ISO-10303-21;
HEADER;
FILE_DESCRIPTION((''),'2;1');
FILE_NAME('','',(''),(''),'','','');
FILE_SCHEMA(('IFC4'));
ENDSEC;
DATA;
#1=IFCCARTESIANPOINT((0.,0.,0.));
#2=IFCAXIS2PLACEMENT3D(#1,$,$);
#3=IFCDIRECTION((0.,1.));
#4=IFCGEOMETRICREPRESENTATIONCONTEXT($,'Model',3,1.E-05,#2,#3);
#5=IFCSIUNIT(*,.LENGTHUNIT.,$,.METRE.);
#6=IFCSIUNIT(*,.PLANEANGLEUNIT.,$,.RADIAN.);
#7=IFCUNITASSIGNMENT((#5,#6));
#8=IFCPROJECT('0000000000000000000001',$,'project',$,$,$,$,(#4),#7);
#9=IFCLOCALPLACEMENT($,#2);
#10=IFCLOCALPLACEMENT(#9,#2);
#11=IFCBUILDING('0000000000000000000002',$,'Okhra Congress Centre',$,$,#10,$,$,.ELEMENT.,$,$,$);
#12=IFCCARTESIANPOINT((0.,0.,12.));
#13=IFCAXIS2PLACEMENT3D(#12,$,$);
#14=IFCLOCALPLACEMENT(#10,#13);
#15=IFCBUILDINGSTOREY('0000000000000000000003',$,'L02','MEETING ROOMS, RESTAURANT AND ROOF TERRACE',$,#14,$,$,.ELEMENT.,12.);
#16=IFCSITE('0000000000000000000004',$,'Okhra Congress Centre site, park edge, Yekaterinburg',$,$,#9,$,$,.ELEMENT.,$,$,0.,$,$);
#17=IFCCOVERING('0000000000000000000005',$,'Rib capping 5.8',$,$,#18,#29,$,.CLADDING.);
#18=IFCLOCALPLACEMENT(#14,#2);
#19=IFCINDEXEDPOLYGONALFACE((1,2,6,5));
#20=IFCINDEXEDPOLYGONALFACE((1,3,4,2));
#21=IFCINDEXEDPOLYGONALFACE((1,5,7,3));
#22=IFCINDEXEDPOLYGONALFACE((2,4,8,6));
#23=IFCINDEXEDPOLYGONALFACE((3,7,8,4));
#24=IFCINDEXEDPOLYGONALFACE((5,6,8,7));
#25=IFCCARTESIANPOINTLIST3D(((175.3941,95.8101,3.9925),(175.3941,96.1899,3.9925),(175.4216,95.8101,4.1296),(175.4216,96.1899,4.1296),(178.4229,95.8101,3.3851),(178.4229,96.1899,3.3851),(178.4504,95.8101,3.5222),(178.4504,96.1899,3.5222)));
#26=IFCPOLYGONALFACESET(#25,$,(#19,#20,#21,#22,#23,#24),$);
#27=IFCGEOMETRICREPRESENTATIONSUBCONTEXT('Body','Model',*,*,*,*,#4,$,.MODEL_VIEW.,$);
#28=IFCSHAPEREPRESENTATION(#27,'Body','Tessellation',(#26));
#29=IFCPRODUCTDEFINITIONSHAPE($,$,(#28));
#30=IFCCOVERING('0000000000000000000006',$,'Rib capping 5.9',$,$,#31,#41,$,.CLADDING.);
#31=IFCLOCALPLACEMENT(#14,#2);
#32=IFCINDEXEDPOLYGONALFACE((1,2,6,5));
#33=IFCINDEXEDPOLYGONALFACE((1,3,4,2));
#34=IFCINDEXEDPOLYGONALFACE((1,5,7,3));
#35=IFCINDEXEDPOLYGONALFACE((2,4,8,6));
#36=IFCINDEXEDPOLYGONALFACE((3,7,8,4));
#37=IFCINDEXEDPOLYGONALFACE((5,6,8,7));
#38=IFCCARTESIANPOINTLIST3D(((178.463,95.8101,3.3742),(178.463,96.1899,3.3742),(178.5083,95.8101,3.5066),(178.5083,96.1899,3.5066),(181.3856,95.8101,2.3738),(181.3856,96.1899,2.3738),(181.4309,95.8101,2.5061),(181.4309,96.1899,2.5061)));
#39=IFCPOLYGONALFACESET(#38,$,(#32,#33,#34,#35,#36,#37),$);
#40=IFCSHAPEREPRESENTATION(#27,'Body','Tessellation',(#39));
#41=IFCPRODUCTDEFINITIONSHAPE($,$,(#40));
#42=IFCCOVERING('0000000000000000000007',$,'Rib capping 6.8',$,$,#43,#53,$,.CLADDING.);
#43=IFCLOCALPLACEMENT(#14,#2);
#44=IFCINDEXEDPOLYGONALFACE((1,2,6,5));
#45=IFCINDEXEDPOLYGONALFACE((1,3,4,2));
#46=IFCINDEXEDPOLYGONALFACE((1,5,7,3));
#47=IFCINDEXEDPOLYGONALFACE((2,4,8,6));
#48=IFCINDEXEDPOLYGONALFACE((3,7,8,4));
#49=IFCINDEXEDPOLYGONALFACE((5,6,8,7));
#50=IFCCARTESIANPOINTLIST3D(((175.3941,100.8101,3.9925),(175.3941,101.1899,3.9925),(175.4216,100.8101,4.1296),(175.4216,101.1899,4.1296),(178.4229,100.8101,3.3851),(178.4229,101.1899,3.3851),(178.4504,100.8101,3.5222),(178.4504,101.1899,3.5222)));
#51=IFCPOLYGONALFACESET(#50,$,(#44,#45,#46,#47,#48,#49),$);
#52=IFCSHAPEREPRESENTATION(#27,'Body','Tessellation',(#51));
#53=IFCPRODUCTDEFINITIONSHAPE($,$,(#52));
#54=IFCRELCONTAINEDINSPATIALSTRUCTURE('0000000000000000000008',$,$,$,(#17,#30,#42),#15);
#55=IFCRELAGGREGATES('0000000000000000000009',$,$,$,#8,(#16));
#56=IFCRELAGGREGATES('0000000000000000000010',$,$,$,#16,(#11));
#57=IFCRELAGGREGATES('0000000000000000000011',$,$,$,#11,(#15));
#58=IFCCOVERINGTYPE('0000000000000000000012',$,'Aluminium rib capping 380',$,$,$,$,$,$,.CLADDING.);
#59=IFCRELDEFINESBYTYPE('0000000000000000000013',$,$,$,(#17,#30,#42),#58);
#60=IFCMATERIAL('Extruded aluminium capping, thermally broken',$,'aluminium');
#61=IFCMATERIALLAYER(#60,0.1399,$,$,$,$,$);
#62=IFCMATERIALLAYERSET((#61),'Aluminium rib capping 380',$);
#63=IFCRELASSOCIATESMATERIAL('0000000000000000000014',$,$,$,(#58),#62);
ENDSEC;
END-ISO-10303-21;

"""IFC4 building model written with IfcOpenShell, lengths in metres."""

from ifc_helpers import new_model, si_unit, direction, frame, origin, place, context, subcontext, project, spatial, polyline, outline, extrude, material, layer, layer_set, type_object, element, save


model = new_model("IFC4")

# Units and contexts
model_context = context("Model", 3, precision=1e-05, world=origin(), true_north=direction((0.0, 1.0)))
body_context = subcontext(model_context, "Body", "Model", "MODEL_VIEW")
ifc_project = project(units=[si_unit("LENGTHUNIT", "METRE"), si_unit("PLANEANGLEUNIT", "RADIAN")], contexts=[model_context])

# Site, building, storey
site_placement = place(None, origin())
site = spatial("IfcSite", under=ifc_project, at=site_placement, Name="Okhra Congress Centre site, park edge, Yekaterinburg", CompositionType="ELEMENT", RefElevation=0.0)
building_placement = place(site_placement, origin())
building = spatial("IfcBuilding", under=site, at=building_placement, Name="Okhra Congress Centre", CompositionType="ELEMENT")
storey_placement = place(building_placement, frame((0.0, 0.0, 12.0)))
storey = spatial("IfcBuildingStorey", under=building, at=storey_placement, Name="L02", Description="MEETING ROOMS, RESTAURANT AND ROOF TERRACE", CompositionType="ELEMENT", Elevation=12.0)

# Coverings
ifc_material_1 = material(Name="Extruded aluminium capping, thermally broken", Category="aluminium")
ifc_layer = layer(ifc_material_1, 0.1399)
ifc_layer_set = layer_set([ifc_layer], Name="Aluminium rib capping 380")
covering_type = type_object("IfcCoveringType", Name="Aluminium rib capping 380", PredefinedType="CLADDING", material=ifc_layer_set)
covering_1_placement = place(storey_placement, frame((175.4216, 95.8101, 4.1296), z_axis=(0.196633, 0.0, 0.980477), x_axis=(0.980477, 0.0, -0.196633)))
element("IfcCovering", 1, at=covering_1_placement, inside=storey, type_object=covering_type, Name="Rib capping 5.8", PredefinedType="CLADDING", context=body_context, shape_type="SweptSolid", body=[
    extrude(outline(polyline([(0.0, 0.0), (3.0891, 0.0), (3.0891, 0.3799), (0.0, 0.3799), (0.0, 0.0)])), origin(), (0.0, 0.0, -1.0), 0.1399),
])
covering_2_placement = place(storey_placement, frame((178.5083, 95.8101, 3.5066), z_axis=(0.323876, 0.0, 0.9461), x_axis=(0.9461, 0.0, -0.323876)))
element("IfcCovering", 2, at=covering_2_placement, inside=storey, type_object=covering_type, Name="Rib capping 5.9", PredefinedType="CLADDING", context=body_context, shape_type="SweptSolid", body=[
    extrude(outline(polyline([(0.0, 0.0), (3.0891, 0.0), (3.0891, 0.3799), (0.0, 0.3799), (0.0, 0.0)])), origin(), (0.0, 0.0, -1.0), 0.1399),
])
covering_3_placement = place(storey_placement, frame((175.4216, 100.8101, 4.1296), z_axis=(0.196633, 0.0, 0.980477), x_axis=(0.980477, 0.0, -0.196633)))
element("IfcCovering", 3, at=covering_3_placement, inside=storey, type_object=covering_type, Name="Rib capping 6.8", PredefinedType="CLADDING", context=body_context, shape_type="SweptSolid", body=[
    extrude(outline(polyline([(0.0, 0.0), (3.0891, 0.0), (3.0891, 0.3799), (0.0, 0.3799), (0.0, 0.0)])), origin(), (0.0, 0.0, -1.0), 0.1399),
])

save(model, "model.ifc")
